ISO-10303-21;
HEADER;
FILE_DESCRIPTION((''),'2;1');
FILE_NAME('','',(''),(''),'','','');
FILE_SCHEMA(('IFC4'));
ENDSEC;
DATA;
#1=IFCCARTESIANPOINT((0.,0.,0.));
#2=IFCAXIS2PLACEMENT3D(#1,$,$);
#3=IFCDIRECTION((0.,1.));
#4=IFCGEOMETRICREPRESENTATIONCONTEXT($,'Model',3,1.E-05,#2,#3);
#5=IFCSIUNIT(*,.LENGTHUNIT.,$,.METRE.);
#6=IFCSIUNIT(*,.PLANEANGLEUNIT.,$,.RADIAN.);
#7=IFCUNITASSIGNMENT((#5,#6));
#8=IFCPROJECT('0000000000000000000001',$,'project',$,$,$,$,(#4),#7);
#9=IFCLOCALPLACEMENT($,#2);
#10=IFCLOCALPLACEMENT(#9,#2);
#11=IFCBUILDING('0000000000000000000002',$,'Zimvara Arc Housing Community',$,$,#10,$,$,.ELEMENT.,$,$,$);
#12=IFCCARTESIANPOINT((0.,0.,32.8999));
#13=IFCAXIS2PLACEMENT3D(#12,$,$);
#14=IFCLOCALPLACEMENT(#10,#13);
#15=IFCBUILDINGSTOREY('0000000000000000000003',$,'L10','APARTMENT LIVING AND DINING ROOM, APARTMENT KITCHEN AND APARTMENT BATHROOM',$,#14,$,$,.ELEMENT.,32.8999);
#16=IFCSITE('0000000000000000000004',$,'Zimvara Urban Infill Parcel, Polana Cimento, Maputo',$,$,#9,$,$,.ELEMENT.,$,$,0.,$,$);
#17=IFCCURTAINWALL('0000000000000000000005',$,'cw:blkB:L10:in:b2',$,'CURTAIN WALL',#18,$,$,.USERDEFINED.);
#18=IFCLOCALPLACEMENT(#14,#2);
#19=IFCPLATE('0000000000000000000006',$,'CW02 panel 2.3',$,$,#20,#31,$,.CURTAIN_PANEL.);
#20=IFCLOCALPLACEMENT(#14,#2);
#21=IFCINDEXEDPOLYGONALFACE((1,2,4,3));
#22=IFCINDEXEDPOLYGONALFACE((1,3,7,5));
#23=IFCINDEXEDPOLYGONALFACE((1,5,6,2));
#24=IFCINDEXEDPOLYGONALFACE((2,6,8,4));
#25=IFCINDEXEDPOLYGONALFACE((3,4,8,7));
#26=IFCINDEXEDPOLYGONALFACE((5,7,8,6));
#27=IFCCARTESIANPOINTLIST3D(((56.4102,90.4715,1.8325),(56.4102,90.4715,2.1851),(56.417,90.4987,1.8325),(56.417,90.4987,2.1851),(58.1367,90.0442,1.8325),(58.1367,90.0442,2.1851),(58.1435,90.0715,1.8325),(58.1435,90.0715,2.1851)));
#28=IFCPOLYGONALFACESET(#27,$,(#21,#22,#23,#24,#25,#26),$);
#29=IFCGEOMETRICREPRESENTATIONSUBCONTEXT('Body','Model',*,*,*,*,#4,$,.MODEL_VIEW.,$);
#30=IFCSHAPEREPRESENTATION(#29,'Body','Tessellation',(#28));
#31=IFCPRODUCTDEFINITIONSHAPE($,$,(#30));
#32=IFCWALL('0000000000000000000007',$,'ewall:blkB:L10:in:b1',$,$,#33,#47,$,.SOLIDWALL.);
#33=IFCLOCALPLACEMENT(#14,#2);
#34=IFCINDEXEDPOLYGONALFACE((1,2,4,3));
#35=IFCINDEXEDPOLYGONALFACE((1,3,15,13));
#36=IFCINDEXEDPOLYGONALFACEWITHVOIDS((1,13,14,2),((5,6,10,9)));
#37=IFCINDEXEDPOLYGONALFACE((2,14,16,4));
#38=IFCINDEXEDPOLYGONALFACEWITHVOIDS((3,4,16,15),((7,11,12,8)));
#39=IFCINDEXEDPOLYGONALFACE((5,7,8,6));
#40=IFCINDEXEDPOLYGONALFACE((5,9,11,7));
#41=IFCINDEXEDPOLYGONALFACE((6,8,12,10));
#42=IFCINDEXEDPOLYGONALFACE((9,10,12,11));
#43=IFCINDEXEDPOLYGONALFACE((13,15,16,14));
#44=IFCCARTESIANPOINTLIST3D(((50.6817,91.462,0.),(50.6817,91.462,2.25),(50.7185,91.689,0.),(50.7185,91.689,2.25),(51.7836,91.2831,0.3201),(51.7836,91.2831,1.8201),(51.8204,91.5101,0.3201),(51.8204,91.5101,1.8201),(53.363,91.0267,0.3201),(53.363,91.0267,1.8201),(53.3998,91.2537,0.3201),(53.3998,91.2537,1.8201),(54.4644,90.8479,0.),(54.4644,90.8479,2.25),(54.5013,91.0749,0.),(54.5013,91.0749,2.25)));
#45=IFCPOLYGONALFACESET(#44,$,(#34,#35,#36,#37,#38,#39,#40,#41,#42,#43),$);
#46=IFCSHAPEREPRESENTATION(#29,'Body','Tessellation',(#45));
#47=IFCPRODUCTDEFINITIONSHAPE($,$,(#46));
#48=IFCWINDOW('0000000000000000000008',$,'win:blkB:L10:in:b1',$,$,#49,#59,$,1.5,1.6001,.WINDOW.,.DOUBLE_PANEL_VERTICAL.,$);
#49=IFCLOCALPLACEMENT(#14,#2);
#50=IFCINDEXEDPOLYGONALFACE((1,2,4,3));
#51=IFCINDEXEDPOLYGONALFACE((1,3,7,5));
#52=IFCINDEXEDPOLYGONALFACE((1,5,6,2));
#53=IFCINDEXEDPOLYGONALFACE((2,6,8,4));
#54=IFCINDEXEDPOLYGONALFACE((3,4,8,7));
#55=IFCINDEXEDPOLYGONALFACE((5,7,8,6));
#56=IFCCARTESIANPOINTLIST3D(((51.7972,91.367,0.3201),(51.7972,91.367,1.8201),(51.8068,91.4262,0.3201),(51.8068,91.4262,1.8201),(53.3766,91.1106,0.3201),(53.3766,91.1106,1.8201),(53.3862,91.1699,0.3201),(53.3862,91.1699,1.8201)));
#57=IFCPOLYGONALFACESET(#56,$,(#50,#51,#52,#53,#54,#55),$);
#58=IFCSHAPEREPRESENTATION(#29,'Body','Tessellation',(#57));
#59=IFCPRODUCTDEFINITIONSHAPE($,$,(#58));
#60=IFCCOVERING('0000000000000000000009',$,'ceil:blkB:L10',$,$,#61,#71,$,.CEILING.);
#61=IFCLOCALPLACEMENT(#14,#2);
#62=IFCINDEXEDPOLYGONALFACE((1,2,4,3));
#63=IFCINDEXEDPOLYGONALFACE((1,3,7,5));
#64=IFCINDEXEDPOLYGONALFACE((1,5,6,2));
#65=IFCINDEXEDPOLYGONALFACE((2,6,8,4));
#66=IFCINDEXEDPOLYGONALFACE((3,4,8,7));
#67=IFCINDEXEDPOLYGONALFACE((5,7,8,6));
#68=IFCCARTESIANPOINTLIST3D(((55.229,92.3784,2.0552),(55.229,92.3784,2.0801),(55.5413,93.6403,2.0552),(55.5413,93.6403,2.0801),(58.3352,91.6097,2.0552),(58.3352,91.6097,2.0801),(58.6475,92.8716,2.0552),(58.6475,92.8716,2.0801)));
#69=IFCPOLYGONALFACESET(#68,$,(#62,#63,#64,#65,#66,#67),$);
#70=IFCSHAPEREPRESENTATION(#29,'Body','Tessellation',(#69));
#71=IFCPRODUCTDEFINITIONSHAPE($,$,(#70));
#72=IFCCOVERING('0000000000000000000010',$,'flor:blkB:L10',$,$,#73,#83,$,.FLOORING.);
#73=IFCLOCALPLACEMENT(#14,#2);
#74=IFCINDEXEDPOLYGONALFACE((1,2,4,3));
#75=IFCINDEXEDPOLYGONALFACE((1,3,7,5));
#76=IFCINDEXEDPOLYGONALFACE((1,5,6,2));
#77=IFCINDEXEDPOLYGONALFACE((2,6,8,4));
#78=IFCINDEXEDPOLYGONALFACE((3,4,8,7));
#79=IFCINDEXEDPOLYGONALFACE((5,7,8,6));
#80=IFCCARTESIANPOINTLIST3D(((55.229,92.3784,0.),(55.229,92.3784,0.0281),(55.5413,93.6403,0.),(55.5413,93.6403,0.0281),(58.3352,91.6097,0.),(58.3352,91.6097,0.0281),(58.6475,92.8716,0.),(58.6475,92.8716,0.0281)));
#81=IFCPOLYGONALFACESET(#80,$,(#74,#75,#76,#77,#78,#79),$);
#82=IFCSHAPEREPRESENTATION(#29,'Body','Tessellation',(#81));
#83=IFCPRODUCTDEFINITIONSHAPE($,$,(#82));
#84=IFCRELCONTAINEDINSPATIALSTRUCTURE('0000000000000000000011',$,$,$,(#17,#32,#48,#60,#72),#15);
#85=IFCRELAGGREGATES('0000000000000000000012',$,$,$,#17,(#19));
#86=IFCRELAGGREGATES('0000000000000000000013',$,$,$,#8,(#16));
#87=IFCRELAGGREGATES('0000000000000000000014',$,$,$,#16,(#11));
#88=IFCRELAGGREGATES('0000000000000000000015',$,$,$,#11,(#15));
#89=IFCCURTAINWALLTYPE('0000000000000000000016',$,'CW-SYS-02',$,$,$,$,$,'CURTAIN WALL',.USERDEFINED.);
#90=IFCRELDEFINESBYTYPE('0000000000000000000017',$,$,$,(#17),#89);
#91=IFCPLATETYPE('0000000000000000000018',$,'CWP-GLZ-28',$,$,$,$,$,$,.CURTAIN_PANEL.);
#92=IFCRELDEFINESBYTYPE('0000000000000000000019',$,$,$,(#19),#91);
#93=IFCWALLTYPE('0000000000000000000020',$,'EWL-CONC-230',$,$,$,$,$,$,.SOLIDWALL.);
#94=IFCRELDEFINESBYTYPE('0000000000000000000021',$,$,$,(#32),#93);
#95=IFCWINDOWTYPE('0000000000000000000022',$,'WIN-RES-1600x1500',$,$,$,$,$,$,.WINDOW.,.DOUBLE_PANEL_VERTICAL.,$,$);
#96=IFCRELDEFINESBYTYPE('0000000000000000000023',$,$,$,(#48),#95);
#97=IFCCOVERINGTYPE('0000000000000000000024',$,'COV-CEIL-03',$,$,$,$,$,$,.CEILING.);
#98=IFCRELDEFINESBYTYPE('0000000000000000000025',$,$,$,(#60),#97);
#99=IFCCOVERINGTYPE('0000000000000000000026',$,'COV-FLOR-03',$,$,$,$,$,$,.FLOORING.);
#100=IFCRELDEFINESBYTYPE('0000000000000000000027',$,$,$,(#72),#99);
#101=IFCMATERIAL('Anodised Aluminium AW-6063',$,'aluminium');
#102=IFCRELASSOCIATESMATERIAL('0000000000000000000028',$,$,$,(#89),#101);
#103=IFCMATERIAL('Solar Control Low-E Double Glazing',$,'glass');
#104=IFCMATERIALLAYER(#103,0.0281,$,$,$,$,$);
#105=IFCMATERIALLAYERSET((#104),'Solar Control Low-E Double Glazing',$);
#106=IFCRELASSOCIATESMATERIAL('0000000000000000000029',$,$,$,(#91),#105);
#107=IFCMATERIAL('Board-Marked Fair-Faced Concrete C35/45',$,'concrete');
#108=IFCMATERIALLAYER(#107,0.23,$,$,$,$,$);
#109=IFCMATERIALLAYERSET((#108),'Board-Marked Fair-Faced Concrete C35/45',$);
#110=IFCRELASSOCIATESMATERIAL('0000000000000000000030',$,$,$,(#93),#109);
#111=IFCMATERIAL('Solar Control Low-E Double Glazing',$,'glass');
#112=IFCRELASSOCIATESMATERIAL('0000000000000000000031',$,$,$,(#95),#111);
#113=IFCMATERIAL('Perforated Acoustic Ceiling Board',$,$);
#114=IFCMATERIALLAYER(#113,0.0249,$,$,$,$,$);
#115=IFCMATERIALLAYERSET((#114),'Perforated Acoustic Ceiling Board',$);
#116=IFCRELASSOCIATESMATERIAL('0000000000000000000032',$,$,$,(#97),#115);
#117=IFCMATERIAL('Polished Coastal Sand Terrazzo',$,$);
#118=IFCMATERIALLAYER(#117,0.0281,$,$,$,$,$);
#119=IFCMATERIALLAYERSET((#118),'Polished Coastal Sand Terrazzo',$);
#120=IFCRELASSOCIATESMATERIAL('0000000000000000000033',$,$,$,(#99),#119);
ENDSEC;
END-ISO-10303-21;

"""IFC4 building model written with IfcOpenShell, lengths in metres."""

from ifc_helpers import new_model, si_unit, direction, frame, frame_2d, origin, origin_2d, place, context, subcontext, project, spatial, rectangle, extrude, material, layer, layer_set, type_object, element, fill, aggregate, save


model = new_model("IFC4")

# Units and contexts
model_context = context("Model", 3, precision=1e-05, world=origin(), true_north=direction((0.0, 1.0)))
body_context = subcontext(model_context, "Body", "Model", "MODEL_VIEW")
ifc_project = project(units=[si_unit("LENGTHUNIT", "METRE"), si_unit("PLANEANGLEUNIT", "RADIAN")], contexts=[model_context])

# Site, building, storey
site_placement = place(None, origin())
site = spatial("IfcSite", under=ifc_project, at=site_placement, Name="Zimvara Urban Infill Parcel, Polana Cimento, Maputo", CompositionType="ELEMENT", RefElevation=0.0)
building_placement = place(site_placement, origin())
building = spatial("IfcBuilding", under=site, at=building_placement, Name="Zimvara Arc Housing Community", CompositionType="ELEMENT")
storey_placement = place(building_placement, frame((0.0, 0.0, 32.8999)))
storey = spatial("IfcBuildingStorey", under=building, at=storey_placement, Name="L10", Description="APARTMENT LIVING AND DINING ROOM, APARTMENT KITCHEN AND APARTMENT BATHROOM", CompositionType="ELEMENT", Elevation=32.8999)

# Curtain wall
ifc_material_1 = material(Name="Anodised Aluminium AW-6063", Category="aluminium")
curtain_wall_type_1 = type_object("IfcCurtainWallType", Name="CW-SYS-02", ElementType="CURTAIN WALL", PredefinedType="USERDEFINED", material=ifc_material_1)
curtain_wall_1_placement = place(storey_placement, origin())
curtain_wall_1 = element("IfcCurtainWall", 1, at=curtain_wall_1_placement, inside=storey, type_object=curtain_wall_type_1, Name="cw:blkB:L10:in:b2", ObjectType="CURTAIN WALL", PredefinedType="USERDEFINED")

# Plate
ifc_material_2 = material(Name="Solar Control Low-E Double Glazing", Category="glass")
ifc_layer_1 = layer(ifc_material_2, 0.0281)
ifc_layer_set_1 = layer_set([ifc_layer_1], Name="Solar Control Low-E Double Glazing")
plate_type = type_object("IfcPlateType", Name="CWP-GLZ-28", PredefinedType="CURTAIN_PANEL", material=ifc_layer_set_1)
plate_1_placement = place(storey_placement, frame((57.2769, 90.2715, 1.8325), z_axis=(0.0, 0.0, 1.0), x_axis=(0.970716, -0.240229, 0.0)))
plate_1 = element("IfcPlate", 2, at=plate_1_placement, type_object=plate_type, Name="CW02 panel 2.3", PredefinedType="CURTAIN_PANEL", context=body_context, shape_type="SweptSolid", body=[
    extrude(rectangle(XDim=1.7786, YDim=0.0281, at=origin_2d()), origin(), (0.0, 0.0, 1.0), 0.3525),
])
aggregate(curtain_wall_1, [plate_1])

# Wall, opening, window
ifc_material_3 = material(Name="Board-Marked Fair-Faced Concrete C35/45", Category="concrete")
ifc_layer_2 = layer(ifc_material_3, 0.23)
ifc_layer_set_2 = layer_set([ifc_layer_2], Name="Board-Marked Fair-Faced Concrete C35/45")
wall_type = type_object("IfcWallType", Name="EWL-CONC-230", PredefinedType="SOLIDWALL", material=ifc_layer_set_2)
wall_placement = place(storey_placement, frame((50.7002, 91.5754, 0.0), z_axis=(0.0, 0.0, 1.0), x_axis=(0.987081, -0.160224, 0.0)))
wall = element("IfcWall", 3, at=wall_placement, inside=storey, type_object=wall_type, Name="ewall:blkB:L10:in:b1", PredefinedType="SOLIDWALL", context=body_context, shape_type="SweptSolid", body=[
    extrude(rectangle(XDim=3.8323, YDim=0.23, at=frame_2d((1.916, 0.0))), origin(), (0.0, 0.0, 1.0), 2.25),
])
opening_placement = place(wall_placement, frame((1.1162, 0.0, 0.3201)))
opening = element("IfcOpeningElement", 4, at=opening_placement, cuts=wall, PredefinedType="OPENING", context=body_context, shape_type="SweptSolid", body=[
    extrude(rectangle(XDim=1.6001, YDim=1.5, at=frame_2d((0.8, 0.75))), frame((0.0, 0.125, 0.0), z_axis=(0.0, -1.0, 0.0), x_axis=(1.0, 0.0, 0.0)), (0.0, 0.0, 1.0), 0.25),
])
ifc_material_4 = material(Name="Solar Control Low-E Double Glazing", Category="glass")
window_type = type_object("IfcWindowType", Name="WIN-RES-1600x1500", PartitioningType="DOUBLE_PANEL_VERTICAL", PredefinedType="WINDOW", material=ifc_material_4)
window_placement = place(opening_placement, origin())
window = element("IfcWindow", 5, at=window_placement, inside=storey, type_object=window_type, Name="win:blkB:L10:in:b1", OverallHeight=1.5, OverallWidth=1.6001, PartitioningType="DOUBLE_PANEL_VERTICAL", PredefinedType="WINDOW", context=body_context, shape_type="SweptSolid", body=[
    extrude(rectangle(XDim=1.6001, YDim=1.5, at=frame_2d((0.8, 0.75))), frame((0.0, 0.03, 0.0), z_axis=(0.0, -1.0, 0.0), x_axis=(1.0, 0.0, 0.0)), (0.0, 0.0, 1.0), 0.0601),
])
fill(opening, window)

# Coverings
ifc_material_5 = material(Name="Perforated Acoustic Ceiling Board")
ifc_layer_3 = layer(ifc_material_5, 0.0249)
ifc_layer_set_3 = layer_set([ifc_layer_3], Name="Perforated Acoustic Ceiling Board")
covering_type_1 = type_object("IfcCoveringType", Name="COV-CEIL-03", PredefinedType="CEILING", material=ifc_layer_set_3)
covering_1_placement = place(storey_placement, frame((56.9382, 92.625, 2.0552), z_axis=(0.0, 0.0, 1.0), x_axis=(0.240228, 0.970716, 0.0)))
element("IfcCovering", 6, at=covering_1_placement, inside=storey, type_object=covering_type_1, Name="ceil:blkB:L10", PredefinedType="CEILING", context=body_context, shape_type="SweptSolid", body=[
    extrude(rectangle(XDim=1.3, YDim=3.2, at=origin_2d()), origin(), (0.0, 0.0, 1.0), 0.0249),
])
ifc_material_6 = material(Name="Polished Coastal Sand Terrazzo")
ifc_layer_4 = layer(ifc_material_6, 0.0281)
ifc_layer_set_4 = layer_set([ifc_layer_4], Name="Polished Coastal Sand Terrazzo")
covering_type_2 = type_object("IfcCoveringType", Name="COV-FLOR-03", PredefinedType="FLOORING", material=ifc_layer_set_4)
covering_2_placement = place(storey_placement, frame((56.9382, 92.625, 0.0), z_axis=(0.0, 0.0, 1.0), x_axis=(0.240228, 0.970716, 0.0)))
element("IfcCovering", 7, at=covering_2_placement, inside=storey, type_object=covering_type_2, Name="flor:blkB:L10", PredefinedType="FLOORING", context=body_context, shape_type="SweptSolid", body=[
    extrude(rectangle(XDim=1.3, YDim=3.2, at=origin_2d()), origin(), (0.0, 0.0, 1.0), 0.0281),
])

save(model, "model.ifc")
